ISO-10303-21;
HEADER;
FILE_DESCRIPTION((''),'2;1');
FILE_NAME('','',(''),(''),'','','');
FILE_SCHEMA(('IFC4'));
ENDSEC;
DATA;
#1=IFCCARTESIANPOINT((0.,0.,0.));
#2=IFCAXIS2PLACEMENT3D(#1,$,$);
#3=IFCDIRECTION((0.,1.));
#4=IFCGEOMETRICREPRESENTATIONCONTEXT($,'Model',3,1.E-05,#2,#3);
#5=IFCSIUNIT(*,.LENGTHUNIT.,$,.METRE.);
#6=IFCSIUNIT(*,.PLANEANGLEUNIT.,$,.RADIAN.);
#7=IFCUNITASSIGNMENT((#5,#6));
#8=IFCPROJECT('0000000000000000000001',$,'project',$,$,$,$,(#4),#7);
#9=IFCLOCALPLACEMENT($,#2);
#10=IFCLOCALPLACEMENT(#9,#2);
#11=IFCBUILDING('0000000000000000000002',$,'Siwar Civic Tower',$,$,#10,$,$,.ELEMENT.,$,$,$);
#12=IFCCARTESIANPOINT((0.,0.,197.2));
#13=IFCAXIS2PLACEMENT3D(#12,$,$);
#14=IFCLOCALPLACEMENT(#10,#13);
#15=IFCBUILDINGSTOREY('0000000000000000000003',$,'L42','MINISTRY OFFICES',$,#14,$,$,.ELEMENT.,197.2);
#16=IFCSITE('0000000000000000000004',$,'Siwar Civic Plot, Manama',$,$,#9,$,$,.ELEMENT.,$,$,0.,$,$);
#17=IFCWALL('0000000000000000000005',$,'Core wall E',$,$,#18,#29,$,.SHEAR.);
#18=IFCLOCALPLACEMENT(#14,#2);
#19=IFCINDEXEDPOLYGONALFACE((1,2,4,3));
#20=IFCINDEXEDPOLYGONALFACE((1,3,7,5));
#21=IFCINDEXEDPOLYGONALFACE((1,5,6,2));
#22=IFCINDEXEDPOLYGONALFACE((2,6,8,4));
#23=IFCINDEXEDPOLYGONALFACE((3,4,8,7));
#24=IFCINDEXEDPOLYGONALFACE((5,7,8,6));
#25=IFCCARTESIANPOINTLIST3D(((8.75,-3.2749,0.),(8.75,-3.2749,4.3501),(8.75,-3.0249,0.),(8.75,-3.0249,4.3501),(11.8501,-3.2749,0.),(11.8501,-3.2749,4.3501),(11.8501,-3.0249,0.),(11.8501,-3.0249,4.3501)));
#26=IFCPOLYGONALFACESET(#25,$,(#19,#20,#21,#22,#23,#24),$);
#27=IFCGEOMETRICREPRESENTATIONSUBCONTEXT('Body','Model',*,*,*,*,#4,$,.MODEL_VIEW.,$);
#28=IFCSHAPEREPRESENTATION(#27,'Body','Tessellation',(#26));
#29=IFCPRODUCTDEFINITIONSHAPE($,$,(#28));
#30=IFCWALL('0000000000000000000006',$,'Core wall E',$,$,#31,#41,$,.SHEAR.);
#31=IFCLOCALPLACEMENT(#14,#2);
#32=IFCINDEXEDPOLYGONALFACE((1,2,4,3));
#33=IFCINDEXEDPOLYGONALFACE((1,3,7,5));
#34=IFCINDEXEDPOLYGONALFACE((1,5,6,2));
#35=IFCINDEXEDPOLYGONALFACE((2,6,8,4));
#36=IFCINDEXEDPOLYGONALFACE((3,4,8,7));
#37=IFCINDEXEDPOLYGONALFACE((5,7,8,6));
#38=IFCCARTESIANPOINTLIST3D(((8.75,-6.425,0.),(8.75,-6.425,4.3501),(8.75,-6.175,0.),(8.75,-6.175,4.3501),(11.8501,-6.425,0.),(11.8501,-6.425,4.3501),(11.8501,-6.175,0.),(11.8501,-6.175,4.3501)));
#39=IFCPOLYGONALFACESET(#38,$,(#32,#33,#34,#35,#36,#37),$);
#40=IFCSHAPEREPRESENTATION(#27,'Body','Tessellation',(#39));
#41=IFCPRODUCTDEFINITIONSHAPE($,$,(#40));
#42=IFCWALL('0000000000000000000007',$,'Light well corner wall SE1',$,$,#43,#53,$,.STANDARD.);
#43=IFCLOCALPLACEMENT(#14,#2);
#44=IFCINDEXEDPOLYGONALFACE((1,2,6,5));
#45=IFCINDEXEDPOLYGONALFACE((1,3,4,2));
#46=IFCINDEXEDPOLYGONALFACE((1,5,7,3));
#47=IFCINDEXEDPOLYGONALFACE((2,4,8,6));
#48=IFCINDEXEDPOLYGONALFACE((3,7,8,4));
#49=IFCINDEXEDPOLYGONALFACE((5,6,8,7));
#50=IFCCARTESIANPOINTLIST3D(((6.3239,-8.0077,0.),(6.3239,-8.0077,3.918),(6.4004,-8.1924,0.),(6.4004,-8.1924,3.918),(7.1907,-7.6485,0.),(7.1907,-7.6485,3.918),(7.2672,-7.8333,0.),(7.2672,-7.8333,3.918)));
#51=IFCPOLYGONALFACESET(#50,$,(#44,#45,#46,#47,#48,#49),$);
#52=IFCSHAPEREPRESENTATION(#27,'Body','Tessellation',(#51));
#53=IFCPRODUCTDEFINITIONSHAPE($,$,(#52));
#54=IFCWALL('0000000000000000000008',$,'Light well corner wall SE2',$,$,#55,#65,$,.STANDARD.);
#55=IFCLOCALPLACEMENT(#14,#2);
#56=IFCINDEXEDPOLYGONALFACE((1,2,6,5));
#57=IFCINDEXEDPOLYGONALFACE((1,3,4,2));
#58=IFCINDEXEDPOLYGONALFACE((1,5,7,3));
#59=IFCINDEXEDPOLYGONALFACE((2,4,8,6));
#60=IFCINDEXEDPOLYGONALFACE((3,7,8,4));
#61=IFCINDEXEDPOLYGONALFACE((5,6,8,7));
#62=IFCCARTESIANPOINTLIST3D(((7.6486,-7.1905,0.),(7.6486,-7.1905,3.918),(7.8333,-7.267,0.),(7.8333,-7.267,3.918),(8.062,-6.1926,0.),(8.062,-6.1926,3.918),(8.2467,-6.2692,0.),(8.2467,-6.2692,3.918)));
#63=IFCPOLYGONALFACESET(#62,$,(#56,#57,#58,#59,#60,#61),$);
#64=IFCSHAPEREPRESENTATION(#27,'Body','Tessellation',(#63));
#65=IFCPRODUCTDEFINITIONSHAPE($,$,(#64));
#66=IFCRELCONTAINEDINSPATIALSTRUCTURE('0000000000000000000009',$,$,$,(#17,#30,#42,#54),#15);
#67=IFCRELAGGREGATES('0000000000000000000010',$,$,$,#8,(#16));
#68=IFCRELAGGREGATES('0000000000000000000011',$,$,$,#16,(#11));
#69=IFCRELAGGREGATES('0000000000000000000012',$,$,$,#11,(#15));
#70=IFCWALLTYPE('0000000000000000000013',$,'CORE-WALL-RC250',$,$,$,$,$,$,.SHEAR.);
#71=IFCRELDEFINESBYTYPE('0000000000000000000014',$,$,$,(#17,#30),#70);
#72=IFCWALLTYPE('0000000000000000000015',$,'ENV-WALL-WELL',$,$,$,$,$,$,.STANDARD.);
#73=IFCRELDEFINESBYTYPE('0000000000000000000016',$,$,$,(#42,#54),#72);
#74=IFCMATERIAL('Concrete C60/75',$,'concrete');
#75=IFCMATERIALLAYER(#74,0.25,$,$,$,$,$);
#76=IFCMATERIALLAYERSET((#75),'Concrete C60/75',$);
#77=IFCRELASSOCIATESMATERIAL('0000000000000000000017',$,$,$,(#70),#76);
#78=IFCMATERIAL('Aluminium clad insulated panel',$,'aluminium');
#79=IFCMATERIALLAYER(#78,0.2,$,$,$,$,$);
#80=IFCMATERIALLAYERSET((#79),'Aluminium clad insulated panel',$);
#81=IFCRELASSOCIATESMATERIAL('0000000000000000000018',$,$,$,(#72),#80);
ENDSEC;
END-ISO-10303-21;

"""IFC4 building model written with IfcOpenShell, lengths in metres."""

from ifc_helpers import new_model, si_unit, direction, frame, frame_2d, origin, place, context, subcontext, project, spatial, rectangle, extrude, material, layer, layer_set, type_object, element, save


model = new_model("IFC4")

# Units and contexts
model_context = context("Model", 3, precision=1e-05, world=origin(), true_north=direction((0.0, 1.0)))
body_context = subcontext(model_context, "Body", "Model", "MODEL_VIEW")
ifc_project = project(units=[si_unit("LENGTHUNIT", "METRE"), si_unit("PLANEANGLEUNIT", "RADIAN")], contexts=[model_context])

# Site, building, storey
site_placement = place(None, origin())
site = spatial("IfcSite", under=ifc_project, at=site_placement, Name="Siwar Civic Plot, Manama", CompositionType="ELEMENT", RefElevation=0.0)
building_placement = place(site_placement, origin())
building = spatial("IfcBuilding", under=site, at=building_placement, Name="Siwar Civic Tower", CompositionType="ELEMENT")
storey_placement = place(building_placement, frame((0.0, 0.0, 197.2)))
storey = spatial("IfcBuildingStorey", under=building, at=storey_placement, Name="L42", Description="MINISTRY OFFICES", CompositionType="ELEMENT", Elevation=197.2)

# Shared definitions
ifc_material_1 = material(Name="Concrete C60/75", Category="concrete")
ifc_layer_1 = layer(ifc_material_1, 0.25)
ifc_layer_set_1 = layer_set([ifc_layer_1], Name="Concrete C60/75")
wall_type_1 = type_object("IfcWallType", Name="CORE-WALL-RC250", PredefinedType="SHEAR", material=ifc_layer_set_1)

# Walls
for number, where, z_axis, x_axis, name in (
    (1, (8.75, -3.1499, 0.0), (0.0, 0.0, 1.0), (1.0, 0.0, 0.0), "Core wall E"),
    (2, (8.75, -6.3, 0.0), (0.0, 0.0, 1.0), (1.0, 0.0, 0.0), "Core wall E"),
):
    element("IfcWall", number, at=place(storey_placement, frame(where, z_axis=z_axis, x_axis=x_axis)), inside=storey, type_object=wall_type_1, Name=name, PredefinedType="SHEAR", context=body_context, shape_type="SweptSolid", body=[
        extrude(rectangle(XDim=3.1001, YDim=0.25, at=frame_2d((1.55, 0.0))), origin(), (0.0, 0.0, 1.0), 4.3501),
    ])
ifc_material_2 = material(Name="Aluminium clad insulated panel", Category="aluminium")
ifc_layer_2 = layer(ifc_material_2, 0.2)
ifc_layer_set_2 = layer_set([ifc_layer_2], Name="Aluminium clad insulated panel")
wall_type_2 = type_object("IfcWallType", Name="ENV-WALL-WELL", PredefinedType="STANDARD", material=ifc_layer_set_2)
wall_1_placement = place(storey_placement, frame((6.3621, -8.1001, 0.0), z_axis=(0.0, 0.0, 1.0), x_axis=(0.92383, 0.382804, 0.0)))
element("IfcWall", 3, at=wall_1_placement, inside=storey, type_object=wall_type_2, Name="Light well corner wall SE1", PredefinedType="STANDARD", context=body_context, shape_type="SweptSolid", body=[
    extrude(rectangle(XDim=0.9382, YDim=0.2, at=frame_2d((0.4692, 0.0))), origin(), (0.0, 0.0, 1.0), 3.918),
])
wall_2_placement = place(storey_placement, frame((7.741, -7.2288, 0.0), z_axis=(0.0, 0.0, 1.0), x_axis=(0.382704, 0.923871, 0.0)))
element("IfcWall", 4, at=wall_2_placement, inside=storey, type_object=wall_type_2, Name="Light well corner wall SE2", PredefinedType="STANDARD", context=body_context, shape_type="SweptSolid", body=[
    extrude(rectangle(XDim=1.0801, YDim=0.2, at=frame_2d((0.54, 0.0))), origin(), (0.0, 0.0, 1.0), 3.918),
])

save(model, "model.ifc")
